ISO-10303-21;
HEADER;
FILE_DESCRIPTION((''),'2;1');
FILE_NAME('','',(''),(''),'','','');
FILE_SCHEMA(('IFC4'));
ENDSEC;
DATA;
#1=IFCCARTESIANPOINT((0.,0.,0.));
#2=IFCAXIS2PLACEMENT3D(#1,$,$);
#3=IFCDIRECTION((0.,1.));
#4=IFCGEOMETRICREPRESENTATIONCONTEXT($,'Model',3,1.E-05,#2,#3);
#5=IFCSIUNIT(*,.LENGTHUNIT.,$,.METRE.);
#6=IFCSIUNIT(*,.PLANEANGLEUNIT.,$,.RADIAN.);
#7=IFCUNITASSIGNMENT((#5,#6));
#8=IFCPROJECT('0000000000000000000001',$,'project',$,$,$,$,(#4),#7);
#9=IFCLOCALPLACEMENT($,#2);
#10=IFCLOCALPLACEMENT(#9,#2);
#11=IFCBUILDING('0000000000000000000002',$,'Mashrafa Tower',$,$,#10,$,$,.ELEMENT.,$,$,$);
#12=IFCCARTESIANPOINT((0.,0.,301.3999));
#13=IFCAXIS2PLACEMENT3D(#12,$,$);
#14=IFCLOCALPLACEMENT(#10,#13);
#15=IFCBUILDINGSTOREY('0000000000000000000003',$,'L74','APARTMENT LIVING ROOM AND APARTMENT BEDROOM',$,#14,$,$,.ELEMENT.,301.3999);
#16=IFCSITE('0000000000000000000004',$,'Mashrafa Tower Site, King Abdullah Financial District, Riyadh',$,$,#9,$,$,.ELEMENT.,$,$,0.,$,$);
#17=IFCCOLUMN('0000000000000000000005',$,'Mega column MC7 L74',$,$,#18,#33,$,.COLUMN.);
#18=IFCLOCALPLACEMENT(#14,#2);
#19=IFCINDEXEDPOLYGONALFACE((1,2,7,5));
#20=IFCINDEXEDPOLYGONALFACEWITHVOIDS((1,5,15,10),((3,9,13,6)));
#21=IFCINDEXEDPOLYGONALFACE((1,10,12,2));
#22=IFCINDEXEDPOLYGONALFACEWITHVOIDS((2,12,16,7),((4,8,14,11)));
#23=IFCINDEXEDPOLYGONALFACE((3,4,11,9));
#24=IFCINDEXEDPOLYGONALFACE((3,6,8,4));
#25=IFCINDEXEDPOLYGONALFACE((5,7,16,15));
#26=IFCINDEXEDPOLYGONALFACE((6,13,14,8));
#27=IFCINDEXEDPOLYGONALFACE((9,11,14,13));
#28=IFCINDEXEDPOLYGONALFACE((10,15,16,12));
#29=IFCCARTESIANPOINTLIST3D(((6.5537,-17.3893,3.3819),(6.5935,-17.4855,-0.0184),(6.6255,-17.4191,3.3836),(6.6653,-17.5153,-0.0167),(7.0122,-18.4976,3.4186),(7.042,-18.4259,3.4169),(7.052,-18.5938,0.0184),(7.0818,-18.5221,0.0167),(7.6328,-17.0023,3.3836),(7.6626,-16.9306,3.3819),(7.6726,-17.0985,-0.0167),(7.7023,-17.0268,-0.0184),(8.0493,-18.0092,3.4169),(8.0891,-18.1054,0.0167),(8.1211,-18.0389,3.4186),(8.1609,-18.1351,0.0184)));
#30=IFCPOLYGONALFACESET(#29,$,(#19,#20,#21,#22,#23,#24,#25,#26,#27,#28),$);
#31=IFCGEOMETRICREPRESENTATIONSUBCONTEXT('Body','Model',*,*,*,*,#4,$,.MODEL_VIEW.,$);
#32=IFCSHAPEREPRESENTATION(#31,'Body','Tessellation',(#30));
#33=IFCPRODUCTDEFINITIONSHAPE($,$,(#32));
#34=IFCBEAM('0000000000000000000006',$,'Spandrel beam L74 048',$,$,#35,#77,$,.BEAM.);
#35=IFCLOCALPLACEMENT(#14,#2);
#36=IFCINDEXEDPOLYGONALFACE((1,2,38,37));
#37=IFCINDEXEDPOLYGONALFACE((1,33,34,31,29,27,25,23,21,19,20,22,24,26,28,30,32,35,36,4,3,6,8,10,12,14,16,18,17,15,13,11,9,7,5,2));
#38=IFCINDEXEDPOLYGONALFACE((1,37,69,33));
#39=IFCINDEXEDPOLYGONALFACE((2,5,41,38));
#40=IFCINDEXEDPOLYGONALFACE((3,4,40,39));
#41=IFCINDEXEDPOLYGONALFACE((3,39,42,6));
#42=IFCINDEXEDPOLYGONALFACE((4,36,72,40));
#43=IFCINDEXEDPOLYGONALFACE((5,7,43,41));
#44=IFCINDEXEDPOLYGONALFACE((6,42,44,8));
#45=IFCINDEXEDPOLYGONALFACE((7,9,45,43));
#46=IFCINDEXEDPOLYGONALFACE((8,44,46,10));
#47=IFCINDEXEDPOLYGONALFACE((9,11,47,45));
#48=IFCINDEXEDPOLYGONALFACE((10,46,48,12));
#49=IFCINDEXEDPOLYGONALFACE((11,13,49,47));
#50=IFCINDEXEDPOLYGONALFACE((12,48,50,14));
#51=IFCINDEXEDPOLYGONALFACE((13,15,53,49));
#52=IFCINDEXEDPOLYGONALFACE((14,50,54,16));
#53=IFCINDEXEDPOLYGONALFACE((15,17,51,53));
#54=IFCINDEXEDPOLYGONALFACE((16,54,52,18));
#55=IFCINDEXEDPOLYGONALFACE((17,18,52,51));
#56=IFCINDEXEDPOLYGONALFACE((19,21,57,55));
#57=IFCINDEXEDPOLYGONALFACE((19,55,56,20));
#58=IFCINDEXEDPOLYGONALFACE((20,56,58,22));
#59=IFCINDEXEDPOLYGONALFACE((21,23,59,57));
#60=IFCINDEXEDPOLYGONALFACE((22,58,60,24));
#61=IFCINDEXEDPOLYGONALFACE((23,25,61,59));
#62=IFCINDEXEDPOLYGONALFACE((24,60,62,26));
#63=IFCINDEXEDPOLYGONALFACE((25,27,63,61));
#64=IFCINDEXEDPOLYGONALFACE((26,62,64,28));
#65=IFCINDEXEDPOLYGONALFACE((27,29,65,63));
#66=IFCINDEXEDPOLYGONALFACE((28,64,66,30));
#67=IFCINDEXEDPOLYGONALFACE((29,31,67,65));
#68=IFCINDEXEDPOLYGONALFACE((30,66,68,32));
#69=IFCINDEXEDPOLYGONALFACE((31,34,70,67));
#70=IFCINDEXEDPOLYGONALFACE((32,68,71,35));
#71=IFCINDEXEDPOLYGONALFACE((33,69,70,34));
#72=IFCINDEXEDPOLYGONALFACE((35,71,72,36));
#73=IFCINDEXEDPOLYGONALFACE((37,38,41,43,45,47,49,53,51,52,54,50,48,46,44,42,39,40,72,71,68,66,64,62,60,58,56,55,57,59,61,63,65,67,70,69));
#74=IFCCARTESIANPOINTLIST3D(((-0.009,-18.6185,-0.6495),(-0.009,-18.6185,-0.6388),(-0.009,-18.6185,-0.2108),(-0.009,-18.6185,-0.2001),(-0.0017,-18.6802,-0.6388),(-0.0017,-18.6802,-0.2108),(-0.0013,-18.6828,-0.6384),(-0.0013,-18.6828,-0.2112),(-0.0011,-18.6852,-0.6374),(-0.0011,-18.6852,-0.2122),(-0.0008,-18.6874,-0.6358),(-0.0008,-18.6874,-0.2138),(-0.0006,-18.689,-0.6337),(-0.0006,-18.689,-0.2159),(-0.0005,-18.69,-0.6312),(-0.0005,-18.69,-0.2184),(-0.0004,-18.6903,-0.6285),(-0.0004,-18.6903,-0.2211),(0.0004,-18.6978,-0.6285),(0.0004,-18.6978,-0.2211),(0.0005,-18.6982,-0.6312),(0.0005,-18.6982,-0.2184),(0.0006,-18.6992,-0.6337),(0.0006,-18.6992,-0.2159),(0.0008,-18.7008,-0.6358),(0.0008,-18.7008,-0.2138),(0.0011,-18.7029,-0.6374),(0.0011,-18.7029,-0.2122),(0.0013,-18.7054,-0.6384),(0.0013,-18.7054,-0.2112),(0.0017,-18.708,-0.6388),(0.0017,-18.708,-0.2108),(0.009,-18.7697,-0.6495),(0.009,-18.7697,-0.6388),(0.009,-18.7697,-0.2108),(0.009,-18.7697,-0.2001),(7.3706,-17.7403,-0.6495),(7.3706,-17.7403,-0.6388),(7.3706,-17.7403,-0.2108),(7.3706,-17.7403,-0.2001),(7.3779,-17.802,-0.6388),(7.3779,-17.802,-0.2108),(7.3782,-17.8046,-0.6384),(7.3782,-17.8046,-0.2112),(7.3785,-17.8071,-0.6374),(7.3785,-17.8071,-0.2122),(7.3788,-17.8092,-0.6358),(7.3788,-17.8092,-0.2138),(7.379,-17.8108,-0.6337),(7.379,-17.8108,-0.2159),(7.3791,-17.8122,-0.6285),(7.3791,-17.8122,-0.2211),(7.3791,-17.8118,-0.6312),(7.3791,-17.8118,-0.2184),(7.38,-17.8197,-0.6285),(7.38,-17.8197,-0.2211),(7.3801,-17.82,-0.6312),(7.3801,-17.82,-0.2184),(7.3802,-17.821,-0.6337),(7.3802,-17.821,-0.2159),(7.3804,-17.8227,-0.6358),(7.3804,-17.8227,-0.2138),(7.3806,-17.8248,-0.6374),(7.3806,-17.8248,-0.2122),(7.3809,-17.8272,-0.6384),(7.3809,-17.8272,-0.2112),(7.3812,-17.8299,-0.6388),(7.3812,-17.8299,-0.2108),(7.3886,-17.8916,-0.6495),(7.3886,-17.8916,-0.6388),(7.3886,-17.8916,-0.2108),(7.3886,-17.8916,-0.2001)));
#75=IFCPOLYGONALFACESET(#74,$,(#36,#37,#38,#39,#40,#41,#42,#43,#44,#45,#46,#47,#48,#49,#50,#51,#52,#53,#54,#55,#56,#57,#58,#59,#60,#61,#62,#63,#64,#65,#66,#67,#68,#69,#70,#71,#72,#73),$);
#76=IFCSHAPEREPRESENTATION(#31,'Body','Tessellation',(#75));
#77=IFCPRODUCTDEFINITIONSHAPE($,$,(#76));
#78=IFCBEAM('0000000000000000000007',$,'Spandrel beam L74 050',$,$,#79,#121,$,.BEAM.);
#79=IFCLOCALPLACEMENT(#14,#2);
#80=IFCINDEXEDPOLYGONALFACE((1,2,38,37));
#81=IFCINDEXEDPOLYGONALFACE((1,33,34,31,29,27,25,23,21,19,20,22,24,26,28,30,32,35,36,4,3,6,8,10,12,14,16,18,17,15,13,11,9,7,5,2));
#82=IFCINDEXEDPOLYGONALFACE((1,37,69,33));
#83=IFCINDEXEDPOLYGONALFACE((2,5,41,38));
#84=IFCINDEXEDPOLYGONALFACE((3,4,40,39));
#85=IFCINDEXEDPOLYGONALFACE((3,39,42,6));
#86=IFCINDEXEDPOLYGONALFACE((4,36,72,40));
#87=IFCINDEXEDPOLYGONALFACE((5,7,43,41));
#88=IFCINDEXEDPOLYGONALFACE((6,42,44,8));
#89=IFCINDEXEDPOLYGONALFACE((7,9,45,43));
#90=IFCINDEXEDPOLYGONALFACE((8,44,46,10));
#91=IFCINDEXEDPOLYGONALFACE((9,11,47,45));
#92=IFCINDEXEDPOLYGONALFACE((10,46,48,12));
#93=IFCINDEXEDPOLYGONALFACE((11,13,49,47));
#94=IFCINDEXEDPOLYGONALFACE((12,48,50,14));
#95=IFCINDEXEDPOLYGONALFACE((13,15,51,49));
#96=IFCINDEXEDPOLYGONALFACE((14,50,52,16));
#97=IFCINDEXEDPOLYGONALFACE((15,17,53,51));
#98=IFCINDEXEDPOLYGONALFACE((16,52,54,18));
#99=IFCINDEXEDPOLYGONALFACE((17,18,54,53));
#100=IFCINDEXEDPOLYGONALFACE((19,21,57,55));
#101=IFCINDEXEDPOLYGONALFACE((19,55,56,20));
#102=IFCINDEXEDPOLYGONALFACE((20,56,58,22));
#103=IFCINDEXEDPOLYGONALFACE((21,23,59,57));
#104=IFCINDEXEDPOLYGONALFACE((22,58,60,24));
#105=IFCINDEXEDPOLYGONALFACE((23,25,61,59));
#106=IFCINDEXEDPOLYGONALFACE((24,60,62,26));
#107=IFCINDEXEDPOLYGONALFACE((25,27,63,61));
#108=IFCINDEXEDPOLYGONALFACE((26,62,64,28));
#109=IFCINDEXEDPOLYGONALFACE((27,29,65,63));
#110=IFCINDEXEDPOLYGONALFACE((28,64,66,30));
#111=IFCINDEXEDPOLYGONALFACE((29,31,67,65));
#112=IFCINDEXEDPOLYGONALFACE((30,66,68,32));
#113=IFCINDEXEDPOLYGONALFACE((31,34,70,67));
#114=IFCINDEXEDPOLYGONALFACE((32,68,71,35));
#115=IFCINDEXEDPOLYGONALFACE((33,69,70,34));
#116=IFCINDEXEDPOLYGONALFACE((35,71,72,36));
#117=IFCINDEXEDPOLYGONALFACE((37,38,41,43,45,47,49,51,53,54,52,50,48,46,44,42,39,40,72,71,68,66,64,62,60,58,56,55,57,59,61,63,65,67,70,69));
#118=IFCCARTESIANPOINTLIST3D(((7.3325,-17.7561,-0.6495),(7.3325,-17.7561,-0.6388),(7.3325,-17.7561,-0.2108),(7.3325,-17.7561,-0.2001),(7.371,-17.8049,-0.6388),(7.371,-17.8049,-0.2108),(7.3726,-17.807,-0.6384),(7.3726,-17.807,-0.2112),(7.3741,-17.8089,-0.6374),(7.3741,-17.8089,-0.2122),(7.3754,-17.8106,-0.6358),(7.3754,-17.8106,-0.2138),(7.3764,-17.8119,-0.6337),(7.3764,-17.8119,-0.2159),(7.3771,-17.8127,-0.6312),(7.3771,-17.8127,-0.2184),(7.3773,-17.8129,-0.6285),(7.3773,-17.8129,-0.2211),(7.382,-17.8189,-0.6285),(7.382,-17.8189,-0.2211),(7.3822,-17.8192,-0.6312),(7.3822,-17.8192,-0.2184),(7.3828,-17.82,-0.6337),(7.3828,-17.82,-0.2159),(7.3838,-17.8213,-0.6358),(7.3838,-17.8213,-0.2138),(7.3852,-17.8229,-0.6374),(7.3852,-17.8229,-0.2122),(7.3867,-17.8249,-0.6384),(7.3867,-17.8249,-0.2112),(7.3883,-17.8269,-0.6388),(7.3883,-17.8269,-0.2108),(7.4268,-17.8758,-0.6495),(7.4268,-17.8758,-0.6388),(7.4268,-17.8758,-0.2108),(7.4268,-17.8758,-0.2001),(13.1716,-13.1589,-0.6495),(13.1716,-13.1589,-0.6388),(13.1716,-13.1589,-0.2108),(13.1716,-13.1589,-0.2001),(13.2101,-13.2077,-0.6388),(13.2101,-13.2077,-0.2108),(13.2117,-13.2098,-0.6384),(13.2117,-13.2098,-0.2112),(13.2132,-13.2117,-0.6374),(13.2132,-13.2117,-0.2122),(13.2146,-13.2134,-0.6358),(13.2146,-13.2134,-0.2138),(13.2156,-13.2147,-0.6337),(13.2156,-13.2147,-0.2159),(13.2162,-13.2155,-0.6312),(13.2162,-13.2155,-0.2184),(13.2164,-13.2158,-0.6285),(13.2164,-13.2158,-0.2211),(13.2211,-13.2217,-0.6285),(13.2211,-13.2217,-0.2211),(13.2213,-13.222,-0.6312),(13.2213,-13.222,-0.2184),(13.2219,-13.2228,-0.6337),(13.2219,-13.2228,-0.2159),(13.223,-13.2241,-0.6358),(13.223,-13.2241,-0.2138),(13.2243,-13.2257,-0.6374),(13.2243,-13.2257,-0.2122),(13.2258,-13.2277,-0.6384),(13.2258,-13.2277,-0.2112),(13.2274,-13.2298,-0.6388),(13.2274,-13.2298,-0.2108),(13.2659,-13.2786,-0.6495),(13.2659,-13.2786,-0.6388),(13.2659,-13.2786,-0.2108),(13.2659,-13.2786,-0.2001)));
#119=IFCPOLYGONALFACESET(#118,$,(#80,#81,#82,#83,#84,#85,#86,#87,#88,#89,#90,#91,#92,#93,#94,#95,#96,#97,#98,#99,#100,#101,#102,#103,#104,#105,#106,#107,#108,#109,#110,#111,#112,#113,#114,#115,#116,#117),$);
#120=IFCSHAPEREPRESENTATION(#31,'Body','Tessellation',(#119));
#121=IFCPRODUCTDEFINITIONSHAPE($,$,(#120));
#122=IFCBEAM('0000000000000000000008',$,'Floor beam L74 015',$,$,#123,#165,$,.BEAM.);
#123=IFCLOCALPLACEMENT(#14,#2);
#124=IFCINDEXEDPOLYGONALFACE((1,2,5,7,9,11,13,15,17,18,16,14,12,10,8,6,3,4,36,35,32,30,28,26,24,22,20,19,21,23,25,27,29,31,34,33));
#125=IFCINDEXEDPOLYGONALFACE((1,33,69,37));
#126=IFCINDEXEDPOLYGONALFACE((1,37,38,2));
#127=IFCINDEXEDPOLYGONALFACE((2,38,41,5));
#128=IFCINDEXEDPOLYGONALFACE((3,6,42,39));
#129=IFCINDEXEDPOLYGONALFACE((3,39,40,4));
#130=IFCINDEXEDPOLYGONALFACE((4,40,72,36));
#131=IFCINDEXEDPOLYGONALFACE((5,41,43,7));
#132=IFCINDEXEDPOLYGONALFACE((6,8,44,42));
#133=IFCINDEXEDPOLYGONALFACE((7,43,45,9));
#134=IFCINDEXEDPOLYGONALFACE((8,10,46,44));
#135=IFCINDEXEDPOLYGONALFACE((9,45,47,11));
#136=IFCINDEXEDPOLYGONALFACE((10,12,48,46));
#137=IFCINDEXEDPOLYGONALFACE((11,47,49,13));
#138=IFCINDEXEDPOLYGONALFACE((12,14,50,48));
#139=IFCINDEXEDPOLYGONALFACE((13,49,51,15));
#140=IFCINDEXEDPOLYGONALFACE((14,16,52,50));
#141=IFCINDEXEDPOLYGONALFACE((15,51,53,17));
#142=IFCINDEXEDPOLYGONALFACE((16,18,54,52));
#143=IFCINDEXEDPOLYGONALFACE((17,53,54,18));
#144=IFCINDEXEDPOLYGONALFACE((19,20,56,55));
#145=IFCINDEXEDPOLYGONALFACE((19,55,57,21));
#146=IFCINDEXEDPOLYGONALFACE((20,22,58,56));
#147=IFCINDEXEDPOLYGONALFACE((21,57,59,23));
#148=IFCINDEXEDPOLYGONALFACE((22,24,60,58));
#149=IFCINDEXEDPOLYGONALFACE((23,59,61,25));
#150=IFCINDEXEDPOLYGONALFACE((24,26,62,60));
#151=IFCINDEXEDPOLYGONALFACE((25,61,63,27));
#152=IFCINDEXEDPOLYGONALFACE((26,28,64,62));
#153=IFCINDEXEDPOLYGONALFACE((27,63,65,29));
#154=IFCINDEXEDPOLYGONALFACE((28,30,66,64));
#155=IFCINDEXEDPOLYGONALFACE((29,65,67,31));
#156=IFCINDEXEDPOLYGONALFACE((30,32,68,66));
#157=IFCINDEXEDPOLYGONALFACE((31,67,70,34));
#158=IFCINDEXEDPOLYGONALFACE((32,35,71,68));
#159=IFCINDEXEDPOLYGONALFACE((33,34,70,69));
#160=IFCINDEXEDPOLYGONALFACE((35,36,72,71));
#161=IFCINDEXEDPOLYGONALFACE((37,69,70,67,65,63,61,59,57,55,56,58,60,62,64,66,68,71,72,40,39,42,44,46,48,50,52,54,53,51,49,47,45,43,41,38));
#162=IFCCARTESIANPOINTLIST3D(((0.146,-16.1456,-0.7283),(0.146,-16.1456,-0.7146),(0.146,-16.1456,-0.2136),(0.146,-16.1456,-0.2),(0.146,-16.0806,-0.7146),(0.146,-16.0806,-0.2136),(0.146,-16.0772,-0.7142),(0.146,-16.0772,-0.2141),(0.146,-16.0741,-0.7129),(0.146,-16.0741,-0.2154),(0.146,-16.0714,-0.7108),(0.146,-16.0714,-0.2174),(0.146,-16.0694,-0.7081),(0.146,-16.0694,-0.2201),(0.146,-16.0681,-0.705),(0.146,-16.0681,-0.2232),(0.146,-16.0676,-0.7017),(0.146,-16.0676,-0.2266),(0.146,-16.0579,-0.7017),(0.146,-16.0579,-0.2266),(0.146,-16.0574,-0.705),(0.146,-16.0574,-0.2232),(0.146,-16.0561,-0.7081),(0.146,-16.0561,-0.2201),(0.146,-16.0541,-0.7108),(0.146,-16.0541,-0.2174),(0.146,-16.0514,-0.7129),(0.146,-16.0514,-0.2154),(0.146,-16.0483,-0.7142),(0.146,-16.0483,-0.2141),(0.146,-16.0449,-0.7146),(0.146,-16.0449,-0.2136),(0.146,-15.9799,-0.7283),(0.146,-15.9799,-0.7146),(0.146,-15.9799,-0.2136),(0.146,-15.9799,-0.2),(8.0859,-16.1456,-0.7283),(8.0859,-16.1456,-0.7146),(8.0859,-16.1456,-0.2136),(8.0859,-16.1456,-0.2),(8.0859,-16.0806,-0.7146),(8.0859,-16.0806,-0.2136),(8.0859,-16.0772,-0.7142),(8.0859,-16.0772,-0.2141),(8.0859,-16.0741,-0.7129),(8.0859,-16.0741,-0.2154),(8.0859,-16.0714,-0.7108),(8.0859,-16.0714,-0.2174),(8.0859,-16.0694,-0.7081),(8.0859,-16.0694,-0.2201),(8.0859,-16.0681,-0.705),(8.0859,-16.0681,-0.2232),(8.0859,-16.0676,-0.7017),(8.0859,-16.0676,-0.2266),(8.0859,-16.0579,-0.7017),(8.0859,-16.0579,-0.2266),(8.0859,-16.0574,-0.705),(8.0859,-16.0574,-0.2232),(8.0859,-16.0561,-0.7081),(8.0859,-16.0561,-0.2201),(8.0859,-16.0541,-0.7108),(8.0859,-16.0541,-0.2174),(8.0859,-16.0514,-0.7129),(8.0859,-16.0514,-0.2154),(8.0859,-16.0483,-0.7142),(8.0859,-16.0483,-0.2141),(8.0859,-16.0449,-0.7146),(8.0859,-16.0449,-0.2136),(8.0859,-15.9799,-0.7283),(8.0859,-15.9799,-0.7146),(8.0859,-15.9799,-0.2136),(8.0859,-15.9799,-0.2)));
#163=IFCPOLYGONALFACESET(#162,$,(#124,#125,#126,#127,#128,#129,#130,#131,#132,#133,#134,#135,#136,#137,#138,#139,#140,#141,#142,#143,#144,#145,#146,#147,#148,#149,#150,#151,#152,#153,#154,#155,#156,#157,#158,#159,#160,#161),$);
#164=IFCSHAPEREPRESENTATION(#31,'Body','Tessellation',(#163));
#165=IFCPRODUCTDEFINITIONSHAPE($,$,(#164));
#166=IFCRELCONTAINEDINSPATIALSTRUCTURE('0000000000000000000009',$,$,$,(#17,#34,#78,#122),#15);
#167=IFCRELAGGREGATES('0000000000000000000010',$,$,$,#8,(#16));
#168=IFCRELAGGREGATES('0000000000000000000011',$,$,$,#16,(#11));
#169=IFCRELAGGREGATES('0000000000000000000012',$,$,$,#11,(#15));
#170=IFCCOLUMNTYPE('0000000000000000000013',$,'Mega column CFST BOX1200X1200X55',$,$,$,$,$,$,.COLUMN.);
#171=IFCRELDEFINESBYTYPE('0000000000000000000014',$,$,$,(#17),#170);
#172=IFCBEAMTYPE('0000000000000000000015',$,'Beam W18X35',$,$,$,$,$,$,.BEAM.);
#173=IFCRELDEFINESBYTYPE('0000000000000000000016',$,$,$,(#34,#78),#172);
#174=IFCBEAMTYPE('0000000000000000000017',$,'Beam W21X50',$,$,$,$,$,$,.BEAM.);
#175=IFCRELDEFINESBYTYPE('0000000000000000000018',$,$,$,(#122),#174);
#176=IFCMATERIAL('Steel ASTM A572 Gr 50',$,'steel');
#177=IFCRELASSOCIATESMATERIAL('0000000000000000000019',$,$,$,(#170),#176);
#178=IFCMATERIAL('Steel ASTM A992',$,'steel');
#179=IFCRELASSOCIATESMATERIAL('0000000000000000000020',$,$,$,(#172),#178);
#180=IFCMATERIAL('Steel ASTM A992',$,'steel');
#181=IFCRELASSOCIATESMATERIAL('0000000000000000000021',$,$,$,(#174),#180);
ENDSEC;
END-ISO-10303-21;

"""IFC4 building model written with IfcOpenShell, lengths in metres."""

from ifc_helpers import new_model, si_unit, direction, frame, origin, origin_2d, place, context, subcontext, project, spatial, hollow_rectangle, i_section, extrude, material, material_profile, profile_set, type_object, element, save


model = new_model("IFC4")

# Units and contexts
model_context = context("Model", 3, precision=1e-05, world=origin(), true_north=direction((0.0, 1.0)))
body_context = subcontext(model_context, "Body", "Model", "MODEL_VIEW")
ifc_project = project(units=[si_unit("LENGTHUNIT", "METRE"), si_unit("PLANEANGLEUNIT", "RADIAN")], contexts=[model_context])

# Site, building, storey
site_placement = place(None, origin())
site = spatial("IfcSite", under=ifc_project, at=site_placement, Name="Mashrafa Tower Site, King Abdullah Financial District, Riyadh", CompositionType="ELEMENT", RefElevation=0.0)
building_placement = place(site_placement, origin())
building = spatial("IfcBuilding", under=site, at=building_placement, Name="Mashrafa Tower", CompositionType="ELEMENT")
storey_placement = place(building_placement, frame((0.0, 0.0, 301.3999)))
storey = spatial("IfcBuildingStorey", under=building, at=storey_placement, Name="L74", Description="APARTMENT LIVING ROOM AND APARTMENT BEDROOM", CompositionType="ELEMENT", Elevation=301.3999)

# Column
ifc_material_1 = material(Name="Steel ASTM A572 Gr 50", Category="steel")
ifc_material_profile_1 = material_profile(ifc_material_1, hollow_rectangle(XDim=1.2, YDim=1.2, WallThickness=0.0549, at=origin_2d()), Name="BOX1200X1200X55")
ifc_profile_set_1 = profile_set([ifc_material_profile_1], Name="Steel ASTM A572 Gr 50")
column_type = type_object("IfcColumnType", Name="Mega column CFST BOX1200X1200X55", PredefinedType="COLUMN", material=ifc_profile_set_1)
column_placement = place(storey_placement, frame((7.3772, -17.8103, 0.0), z_axis=(-0.011698, 0.028277, 0.999532), x_axis=(-0.924045, -0.382283, 0.0)))
element("IfcColumn", 1, at=column_placement, inside=storey, type_object=column_type, Name="Mega column MC7 L74", PredefinedType="COLUMN", context=body_context, shape_type="SweptSolid", body=[
    extrude(hollow_rectangle(XDim=1.2, YDim=1.2, WallThickness=0.0549, at=origin_2d()), origin(), (0.0, 0.0, 1.0), 3.4019),
])

# Beams
ifc_material_2 = material(Name="Steel ASTM A992", Category="steel")
ifc_material_profile_2 = material_profile(ifc_material_2, i_section(OverallWidth=0.1523, OverallDepth=0.4495, WebThickness=0.0076, FlangeThickness=0.0107, FilletRadius=0.0103, at=origin_2d()), Name="W18X35")
ifc_profile_set_2 = profile_set([ifc_material_profile_2], Name="Steel ASTM A992")
beam_type_1 = type_object("IfcBeamType", Name="Beam W18X35", PredefinedType="BEAM", material=ifc_profile_set_2)
for number, where, z_axis, x_axis, name in (
    (2, (0.0, -18.6941, -0.4248), (0.992994, 0.118166, 0.0), (-0.118166, 0.992994, 0.0), "Spandrel beam L74 048"),
    (3, (7.3796, -17.8159, -0.4248), (0.78571, 0.618595, 0.0), (-0.618595, 0.78571, 0.0), "Spandrel beam L74 050"),
):
    element("IfcBeam", number, at=place(storey_placement, frame(where, z_axis=z_axis, x_axis=x_axis)), inside=storey, type_object=beam_type_1, Name=name, PredefinedType="BEAM", context=body_context, shape_type="SweptSolid", body=[
        extrude(i_section(OverallWidth=0.1523, OverallDepth=0.4495, WebThickness=0.0076, FlangeThickness=0.0107, FilletRadius=0.0103, at=origin_2d()), origin(), (0.0, 0.0, 1.0), 7.4316),
    ])
ifc_material_3 = material(Name="Steel ASTM A992", Category="steel")
ifc_material_profile_3 = material_profile(ifc_material_3, i_section(OverallWidth=0.1658, OverallDepth=0.5283, WebThickness=0.0098, FlangeThickness=0.0137, FilletRadius=0.0129, at=origin_2d()), Name="W21X50")
ifc_profile_set_3 = profile_set([ifc_material_profile_3], Name="Steel ASTM A992")
beam_type_2 = type_object("IfcBeamType", Name="Beam W21X50", PredefinedType="BEAM", material=ifc_profile_set_3)
beam_1_placement = place(storey_placement, frame((8.0859, -16.0627, -0.4641), z_axis=(-1.0, 0.0, 0.0), x_axis=(0.0, -1.0, 0.0)))
element("IfcBeam", 4, at=beam_1_placement, inside=storey, type_object=beam_type_2, Name="Floor beam L74 015", PredefinedType="BEAM", context=body_context, shape_type="SweptSolid", body=[
    extrude(i_section(OverallWidth=0.1658, OverallDepth=0.5283, WebThickness=0.0098, FlangeThickness=0.0137, FilletRadius=0.0129, at=origin_2d()), origin(), (0.0, 0.0, 1.0), 7.9399),
])

save(model, "model.ifc")
